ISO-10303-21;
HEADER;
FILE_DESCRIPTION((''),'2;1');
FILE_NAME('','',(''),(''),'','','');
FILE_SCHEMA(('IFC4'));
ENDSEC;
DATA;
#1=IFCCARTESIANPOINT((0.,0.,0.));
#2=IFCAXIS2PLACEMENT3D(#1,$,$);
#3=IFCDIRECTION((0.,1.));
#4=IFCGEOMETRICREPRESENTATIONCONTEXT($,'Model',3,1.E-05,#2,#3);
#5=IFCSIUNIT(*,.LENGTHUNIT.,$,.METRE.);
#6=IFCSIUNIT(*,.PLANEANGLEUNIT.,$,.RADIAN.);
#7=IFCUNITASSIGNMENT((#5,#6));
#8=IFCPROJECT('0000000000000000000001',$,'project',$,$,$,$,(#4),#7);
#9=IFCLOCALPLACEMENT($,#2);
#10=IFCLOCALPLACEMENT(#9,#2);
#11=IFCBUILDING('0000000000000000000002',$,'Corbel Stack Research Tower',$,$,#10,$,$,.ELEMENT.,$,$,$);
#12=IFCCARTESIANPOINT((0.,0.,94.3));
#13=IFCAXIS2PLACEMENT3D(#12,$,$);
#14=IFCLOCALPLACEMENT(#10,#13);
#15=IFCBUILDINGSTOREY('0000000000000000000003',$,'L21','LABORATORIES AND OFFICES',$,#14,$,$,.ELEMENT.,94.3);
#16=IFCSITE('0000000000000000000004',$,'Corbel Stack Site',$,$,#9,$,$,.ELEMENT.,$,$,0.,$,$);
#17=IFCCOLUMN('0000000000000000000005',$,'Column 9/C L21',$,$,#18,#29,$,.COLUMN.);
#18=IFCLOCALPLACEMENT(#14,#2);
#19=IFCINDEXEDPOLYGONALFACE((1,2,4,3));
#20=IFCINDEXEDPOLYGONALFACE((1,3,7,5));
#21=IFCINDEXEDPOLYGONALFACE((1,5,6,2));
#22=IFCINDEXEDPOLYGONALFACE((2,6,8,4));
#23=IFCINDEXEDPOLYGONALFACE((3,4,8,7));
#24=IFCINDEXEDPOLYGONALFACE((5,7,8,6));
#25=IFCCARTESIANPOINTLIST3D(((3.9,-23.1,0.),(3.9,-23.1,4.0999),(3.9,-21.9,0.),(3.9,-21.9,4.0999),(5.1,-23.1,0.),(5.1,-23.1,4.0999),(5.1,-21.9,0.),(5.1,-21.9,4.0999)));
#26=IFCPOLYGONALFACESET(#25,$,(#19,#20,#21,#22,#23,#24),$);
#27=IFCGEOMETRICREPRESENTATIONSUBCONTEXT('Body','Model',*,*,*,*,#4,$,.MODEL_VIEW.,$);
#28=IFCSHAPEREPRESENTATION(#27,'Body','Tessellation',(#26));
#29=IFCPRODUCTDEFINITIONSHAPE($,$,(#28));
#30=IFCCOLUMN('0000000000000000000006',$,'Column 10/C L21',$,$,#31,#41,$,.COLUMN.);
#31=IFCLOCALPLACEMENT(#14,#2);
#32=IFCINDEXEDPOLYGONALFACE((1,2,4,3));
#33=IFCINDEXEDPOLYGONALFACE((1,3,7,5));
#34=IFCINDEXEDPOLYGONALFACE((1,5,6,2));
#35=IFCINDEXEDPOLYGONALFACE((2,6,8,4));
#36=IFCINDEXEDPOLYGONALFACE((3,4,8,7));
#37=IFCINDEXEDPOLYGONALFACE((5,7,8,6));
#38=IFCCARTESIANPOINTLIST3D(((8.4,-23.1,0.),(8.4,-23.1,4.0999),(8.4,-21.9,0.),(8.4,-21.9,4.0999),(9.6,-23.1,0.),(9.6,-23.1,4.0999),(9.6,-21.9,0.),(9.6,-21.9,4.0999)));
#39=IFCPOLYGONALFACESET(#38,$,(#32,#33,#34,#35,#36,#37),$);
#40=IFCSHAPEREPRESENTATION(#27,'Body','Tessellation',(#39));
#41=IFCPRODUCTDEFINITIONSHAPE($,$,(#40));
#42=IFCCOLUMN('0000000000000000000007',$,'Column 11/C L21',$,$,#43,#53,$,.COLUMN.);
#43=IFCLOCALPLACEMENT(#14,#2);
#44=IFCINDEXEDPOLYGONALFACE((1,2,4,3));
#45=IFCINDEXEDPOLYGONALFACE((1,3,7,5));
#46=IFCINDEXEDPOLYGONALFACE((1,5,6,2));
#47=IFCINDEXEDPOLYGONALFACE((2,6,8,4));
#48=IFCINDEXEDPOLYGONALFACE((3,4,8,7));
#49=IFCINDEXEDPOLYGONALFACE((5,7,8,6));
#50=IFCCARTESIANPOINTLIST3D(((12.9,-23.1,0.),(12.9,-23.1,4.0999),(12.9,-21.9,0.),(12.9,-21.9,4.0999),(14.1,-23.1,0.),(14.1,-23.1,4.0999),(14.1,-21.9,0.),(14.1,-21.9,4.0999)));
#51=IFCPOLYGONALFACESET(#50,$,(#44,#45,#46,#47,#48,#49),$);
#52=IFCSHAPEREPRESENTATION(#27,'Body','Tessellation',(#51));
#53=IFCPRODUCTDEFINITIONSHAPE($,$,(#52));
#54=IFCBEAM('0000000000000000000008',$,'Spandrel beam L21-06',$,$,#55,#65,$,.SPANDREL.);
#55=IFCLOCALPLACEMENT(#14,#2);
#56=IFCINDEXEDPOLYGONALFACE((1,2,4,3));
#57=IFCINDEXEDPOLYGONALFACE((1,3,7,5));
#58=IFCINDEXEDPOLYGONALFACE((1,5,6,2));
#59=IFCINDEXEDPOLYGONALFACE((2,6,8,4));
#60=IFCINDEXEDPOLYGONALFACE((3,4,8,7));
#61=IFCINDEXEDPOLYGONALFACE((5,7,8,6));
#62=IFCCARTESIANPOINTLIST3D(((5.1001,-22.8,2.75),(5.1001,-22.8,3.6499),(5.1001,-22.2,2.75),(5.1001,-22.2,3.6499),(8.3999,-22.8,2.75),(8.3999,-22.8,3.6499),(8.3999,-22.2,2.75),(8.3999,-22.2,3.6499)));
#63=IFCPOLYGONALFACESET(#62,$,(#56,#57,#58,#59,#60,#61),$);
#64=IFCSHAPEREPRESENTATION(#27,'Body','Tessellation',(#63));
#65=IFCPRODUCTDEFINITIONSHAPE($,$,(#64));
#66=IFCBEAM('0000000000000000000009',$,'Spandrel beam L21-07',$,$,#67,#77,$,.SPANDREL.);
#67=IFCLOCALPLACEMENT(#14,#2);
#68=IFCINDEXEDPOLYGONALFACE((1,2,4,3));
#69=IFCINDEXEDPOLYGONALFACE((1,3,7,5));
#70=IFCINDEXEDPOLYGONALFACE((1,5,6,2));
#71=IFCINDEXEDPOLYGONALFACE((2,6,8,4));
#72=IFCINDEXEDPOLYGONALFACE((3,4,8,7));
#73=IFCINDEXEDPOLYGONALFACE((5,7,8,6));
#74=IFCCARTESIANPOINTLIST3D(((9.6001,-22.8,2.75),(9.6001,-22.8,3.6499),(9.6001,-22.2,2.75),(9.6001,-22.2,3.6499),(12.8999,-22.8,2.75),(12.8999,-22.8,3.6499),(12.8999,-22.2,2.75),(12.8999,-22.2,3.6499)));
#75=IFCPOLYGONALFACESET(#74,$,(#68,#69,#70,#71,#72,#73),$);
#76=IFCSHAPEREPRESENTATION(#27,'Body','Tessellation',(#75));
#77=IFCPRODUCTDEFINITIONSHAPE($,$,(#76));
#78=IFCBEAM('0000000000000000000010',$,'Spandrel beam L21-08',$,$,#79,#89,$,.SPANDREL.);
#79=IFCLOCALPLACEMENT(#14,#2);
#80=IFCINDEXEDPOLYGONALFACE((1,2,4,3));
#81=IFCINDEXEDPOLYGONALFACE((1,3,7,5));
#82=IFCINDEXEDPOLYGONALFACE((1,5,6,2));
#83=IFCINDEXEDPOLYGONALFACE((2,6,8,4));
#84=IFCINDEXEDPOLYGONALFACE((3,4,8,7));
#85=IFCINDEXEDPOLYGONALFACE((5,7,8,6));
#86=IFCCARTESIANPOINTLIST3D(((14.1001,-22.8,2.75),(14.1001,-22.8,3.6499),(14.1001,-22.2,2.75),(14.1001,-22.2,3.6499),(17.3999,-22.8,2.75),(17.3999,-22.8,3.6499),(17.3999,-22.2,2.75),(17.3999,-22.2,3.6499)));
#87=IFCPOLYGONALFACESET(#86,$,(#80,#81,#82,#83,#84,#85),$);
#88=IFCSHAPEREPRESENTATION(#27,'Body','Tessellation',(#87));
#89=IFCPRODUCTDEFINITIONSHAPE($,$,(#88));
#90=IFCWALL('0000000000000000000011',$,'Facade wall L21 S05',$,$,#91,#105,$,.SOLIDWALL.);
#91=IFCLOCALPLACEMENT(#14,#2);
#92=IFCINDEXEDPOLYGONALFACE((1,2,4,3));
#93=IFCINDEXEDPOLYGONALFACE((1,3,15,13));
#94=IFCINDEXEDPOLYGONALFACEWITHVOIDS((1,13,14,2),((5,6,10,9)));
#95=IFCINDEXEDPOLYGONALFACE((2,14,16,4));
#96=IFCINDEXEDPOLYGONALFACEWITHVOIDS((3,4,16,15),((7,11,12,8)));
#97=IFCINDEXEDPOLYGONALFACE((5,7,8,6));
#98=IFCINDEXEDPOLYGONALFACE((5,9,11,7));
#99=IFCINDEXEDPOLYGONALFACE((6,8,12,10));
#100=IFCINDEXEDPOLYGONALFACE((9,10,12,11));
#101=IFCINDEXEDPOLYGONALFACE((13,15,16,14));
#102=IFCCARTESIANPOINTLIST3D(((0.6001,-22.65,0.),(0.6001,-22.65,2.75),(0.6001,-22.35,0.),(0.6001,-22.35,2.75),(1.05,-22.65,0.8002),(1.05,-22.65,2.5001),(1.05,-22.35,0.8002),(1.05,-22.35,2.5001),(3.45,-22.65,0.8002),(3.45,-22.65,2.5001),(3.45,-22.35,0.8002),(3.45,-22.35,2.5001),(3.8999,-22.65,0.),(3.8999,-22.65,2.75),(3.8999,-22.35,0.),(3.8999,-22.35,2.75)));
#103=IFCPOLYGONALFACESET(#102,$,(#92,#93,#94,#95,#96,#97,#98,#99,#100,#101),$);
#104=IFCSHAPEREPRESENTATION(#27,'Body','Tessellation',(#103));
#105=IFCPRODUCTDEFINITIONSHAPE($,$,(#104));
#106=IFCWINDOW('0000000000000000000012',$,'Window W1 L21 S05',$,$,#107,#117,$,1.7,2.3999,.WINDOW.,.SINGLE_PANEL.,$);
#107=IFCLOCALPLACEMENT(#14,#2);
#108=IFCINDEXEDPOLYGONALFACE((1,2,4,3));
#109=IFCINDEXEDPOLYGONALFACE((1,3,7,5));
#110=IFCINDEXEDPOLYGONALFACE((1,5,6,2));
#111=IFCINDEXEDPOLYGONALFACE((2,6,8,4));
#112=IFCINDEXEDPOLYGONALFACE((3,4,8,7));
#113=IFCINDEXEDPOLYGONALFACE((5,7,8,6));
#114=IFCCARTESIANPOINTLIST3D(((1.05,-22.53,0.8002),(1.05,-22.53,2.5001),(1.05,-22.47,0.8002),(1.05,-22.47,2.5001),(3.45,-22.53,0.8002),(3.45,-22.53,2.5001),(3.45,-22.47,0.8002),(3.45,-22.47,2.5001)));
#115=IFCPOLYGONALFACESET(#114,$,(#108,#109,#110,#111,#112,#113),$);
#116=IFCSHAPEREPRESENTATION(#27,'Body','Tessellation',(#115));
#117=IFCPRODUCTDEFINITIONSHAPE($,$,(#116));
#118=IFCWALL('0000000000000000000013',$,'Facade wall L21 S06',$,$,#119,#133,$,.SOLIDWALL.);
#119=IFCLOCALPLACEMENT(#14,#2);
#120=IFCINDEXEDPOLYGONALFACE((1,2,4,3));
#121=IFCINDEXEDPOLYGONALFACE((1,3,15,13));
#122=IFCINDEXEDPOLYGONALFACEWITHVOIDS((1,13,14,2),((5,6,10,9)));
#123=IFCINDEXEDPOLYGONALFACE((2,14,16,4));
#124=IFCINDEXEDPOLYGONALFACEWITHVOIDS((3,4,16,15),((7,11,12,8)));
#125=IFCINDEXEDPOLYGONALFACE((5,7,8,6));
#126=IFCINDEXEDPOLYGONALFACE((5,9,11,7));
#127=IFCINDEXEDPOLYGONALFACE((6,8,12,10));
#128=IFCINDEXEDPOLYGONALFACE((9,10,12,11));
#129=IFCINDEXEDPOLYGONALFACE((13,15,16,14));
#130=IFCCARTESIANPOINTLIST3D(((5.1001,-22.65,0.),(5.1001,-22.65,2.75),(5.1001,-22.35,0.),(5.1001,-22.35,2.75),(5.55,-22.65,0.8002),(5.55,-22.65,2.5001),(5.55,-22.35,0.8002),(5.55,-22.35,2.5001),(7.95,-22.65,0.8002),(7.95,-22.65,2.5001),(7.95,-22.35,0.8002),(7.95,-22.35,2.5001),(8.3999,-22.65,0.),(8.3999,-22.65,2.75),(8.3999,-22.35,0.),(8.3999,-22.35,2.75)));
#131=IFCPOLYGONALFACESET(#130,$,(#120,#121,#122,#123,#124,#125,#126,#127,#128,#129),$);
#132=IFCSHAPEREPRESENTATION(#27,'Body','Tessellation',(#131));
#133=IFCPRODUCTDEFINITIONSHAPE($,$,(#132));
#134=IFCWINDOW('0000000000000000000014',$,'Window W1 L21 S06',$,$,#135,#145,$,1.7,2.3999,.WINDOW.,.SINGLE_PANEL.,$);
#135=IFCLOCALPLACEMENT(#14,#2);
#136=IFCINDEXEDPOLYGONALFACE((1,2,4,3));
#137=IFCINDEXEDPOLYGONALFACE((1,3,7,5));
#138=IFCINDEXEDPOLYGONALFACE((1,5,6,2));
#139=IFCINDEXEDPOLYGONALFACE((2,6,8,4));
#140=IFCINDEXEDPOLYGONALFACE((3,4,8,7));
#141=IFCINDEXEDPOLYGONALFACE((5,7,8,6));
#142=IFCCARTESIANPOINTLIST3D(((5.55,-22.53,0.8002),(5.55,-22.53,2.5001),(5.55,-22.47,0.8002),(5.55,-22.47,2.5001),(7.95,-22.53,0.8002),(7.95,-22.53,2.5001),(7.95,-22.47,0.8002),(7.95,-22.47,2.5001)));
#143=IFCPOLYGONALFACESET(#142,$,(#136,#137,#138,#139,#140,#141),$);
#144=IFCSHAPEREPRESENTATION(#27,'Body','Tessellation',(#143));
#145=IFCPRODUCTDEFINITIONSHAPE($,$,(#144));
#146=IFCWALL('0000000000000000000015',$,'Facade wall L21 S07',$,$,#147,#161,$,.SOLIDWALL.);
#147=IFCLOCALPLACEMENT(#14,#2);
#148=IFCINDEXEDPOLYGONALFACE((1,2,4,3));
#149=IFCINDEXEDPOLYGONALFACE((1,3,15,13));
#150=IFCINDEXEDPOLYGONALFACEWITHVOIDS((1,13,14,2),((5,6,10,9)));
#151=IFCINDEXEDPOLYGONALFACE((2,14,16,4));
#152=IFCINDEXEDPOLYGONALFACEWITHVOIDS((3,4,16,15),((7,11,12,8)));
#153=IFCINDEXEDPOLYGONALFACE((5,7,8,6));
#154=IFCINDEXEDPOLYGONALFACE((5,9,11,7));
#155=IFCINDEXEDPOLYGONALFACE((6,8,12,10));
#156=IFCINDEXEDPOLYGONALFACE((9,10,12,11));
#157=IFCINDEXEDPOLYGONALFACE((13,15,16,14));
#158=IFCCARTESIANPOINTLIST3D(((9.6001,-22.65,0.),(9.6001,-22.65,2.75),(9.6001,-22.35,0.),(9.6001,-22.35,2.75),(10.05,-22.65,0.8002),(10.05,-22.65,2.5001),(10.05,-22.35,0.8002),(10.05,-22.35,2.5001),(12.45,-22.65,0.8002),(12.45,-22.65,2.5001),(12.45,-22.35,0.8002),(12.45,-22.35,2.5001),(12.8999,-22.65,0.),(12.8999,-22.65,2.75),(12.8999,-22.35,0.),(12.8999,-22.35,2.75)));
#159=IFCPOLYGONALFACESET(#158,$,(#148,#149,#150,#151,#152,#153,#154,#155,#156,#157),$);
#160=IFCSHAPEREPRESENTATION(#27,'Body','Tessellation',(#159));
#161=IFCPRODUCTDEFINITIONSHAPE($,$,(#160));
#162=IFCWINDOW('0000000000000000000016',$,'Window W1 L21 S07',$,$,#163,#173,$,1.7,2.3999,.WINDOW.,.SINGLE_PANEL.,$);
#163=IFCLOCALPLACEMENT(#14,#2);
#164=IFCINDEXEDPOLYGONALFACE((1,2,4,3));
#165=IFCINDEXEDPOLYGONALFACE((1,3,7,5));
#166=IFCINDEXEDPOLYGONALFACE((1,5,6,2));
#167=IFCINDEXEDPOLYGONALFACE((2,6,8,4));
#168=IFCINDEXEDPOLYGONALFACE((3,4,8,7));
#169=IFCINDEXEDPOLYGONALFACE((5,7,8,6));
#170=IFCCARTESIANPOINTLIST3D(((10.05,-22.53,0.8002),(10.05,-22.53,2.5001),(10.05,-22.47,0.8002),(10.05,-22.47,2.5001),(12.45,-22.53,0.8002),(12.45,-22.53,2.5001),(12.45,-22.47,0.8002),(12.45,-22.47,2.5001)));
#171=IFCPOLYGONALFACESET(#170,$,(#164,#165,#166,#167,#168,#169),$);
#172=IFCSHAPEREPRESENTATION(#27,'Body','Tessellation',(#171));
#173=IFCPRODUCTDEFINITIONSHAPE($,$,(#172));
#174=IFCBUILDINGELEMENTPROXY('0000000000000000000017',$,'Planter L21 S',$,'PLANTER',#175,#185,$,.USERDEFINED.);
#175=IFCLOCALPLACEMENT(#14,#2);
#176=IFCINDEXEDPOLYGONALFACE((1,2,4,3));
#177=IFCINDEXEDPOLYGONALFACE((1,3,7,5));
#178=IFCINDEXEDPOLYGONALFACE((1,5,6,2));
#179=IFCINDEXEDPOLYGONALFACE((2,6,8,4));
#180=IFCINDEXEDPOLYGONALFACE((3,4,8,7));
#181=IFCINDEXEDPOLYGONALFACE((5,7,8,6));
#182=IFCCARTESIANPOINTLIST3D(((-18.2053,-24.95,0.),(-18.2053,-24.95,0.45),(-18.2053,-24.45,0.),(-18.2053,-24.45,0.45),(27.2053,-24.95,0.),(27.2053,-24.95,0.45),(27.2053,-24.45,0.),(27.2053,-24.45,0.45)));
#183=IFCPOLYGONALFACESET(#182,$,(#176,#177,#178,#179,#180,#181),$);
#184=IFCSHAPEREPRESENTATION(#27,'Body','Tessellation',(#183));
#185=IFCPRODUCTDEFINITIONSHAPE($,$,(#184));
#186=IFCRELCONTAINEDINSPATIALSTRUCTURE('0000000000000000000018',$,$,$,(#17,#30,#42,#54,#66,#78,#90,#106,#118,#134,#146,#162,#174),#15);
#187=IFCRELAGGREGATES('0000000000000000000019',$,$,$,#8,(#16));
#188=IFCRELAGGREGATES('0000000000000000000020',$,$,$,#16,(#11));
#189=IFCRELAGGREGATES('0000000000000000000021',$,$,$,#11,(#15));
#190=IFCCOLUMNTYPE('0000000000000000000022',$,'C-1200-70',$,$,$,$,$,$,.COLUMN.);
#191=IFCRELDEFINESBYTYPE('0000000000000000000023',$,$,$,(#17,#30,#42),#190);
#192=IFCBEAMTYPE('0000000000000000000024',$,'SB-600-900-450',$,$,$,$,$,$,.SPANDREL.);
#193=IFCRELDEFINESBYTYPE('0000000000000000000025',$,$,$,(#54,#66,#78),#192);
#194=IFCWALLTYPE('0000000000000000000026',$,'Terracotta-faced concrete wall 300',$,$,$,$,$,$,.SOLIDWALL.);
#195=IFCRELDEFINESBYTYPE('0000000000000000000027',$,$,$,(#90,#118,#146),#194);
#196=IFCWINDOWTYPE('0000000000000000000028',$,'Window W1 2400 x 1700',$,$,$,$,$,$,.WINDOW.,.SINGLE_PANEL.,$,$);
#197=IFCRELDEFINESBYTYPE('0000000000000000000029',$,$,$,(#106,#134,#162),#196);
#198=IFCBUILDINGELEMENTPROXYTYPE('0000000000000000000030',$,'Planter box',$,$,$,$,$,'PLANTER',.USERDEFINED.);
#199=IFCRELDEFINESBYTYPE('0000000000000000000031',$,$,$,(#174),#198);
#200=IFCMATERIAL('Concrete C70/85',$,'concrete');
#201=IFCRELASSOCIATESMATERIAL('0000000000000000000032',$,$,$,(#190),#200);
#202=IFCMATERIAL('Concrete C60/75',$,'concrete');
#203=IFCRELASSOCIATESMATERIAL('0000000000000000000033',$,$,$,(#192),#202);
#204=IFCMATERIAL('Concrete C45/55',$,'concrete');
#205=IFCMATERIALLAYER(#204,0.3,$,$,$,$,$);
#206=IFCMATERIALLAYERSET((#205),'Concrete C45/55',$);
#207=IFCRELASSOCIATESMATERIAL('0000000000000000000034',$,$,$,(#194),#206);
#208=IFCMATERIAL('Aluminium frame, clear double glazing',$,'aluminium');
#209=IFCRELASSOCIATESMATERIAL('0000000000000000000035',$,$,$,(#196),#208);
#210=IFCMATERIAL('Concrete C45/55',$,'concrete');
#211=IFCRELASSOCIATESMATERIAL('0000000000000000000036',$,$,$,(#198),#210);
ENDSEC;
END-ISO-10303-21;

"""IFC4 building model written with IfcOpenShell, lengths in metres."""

from ifc_helpers import new_model, si_unit, direction, frame, frame_2d, origin, origin_2d, place, context, subcontext, project, spatial, rectangle, extrude, material, layer, layer_set, material_profile, profile_set, type_object, element, fill, save


model = new_model("IFC4")

# Units and contexts
model_context = context("Model", 3, precision=1e-05, world=origin(), true_north=direction((0.0, 1.0)))
body_context = subcontext(model_context, "Body", "Model", "MODEL_VIEW")
ifc_project = project(units=[si_unit("LENGTHUNIT", "METRE"), si_unit("PLANEANGLEUNIT", "RADIAN")], contexts=[model_context])

# Site, building, storey
site_placement = place(None, origin())
site = spatial("IfcSite", under=ifc_project, at=site_placement, Name="Corbel Stack Site", CompositionType="ELEMENT", RefElevation=0.0)
building_placement = place(site_placement, origin())
building = spatial("IfcBuilding", under=site, at=building_placement, Name="Corbel Stack Research Tower", CompositionType="ELEMENT")
storey_placement = place(building_placement, frame((0.0, 0.0, 94.3)))
storey = spatial("IfcBuildingStorey", under=building, at=storey_placement, Name="L21", Description="LABORATORIES AND OFFICES", CompositionType="ELEMENT", Elevation=94.3)

# Columns
ifc_material_1 = material(Name="Concrete C70/85", Category="concrete")
ifc_material_profile_1 = material_profile(ifc_material_1, rectangle(XDim=1.2, YDim=1.2, at=origin_2d()), Name="RC 1200 x 1200")
ifc_profile_set_1 = profile_set([ifc_material_profile_1], Name="Concrete C70/85")
column_type = type_object("IfcColumnType", Name="C-1200-70", PredefinedType="COLUMN", material=ifc_profile_set_1)
for number, where, z_axis, x_axis, name in (
    (1, (4.5, -22.5, 0.0), (0.0, 0.0, 1.0), (1.0, 0.0, 0.0), "Column 9/C L21"),
    (2, (9.0, -22.5, 0.0), (0.0, 0.0, 1.0), (1.0, 0.0, 0.0), "Column 10/C L21"),
    (3, (13.5, -22.5, 0.0), (0.0, 0.0, 1.0), (1.0, 0.0, 0.0), "Column 11/C L21"),
):
    element("IfcColumn", number, at=place(storey_placement, frame(where, z_axis=z_axis, x_axis=x_axis)), inside=storey, type_object=column_type, Name=name, PredefinedType="COLUMN", context=body_context, shape_type="SweptSolid", body=[
        extrude(rectangle(XDim=1.2, YDim=1.2, at=origin_2d()), origin(), (0.0, 0.0, 1.0), 4.0999),
    ])

# Beams
ifc_material_2 = material(Name="Concrete C60/75", Category="concrete")
ifc_material_profile_2 = material_profile(ifc_material_2, rectangle(XDim=0.6001, YDim=0.8999, at=origin_2d()), Name="RC 600 x 900")
ifc_profile_set_2 = profile_set([ifc_material_profile_2], Name="Concrete C60/75")
beam_type = type_object("IfcBeamType", Name="SB-600-900-450", PredefinedType="SPANDREL", material=ifc_profile_set_2)
for number, where, z_axis, x_axis, name in (
    (4, (5.1001, -22.5, 3.2), (1.0, 0.0, 0.0), (0.0, 1.0, 0.0), "Spandrel beam L21-06"),
    (5, (9.6001, -22.5, 3.2), (1.0, 0.0, 0.0), (0.0, 1.0, 0.0), "Spandrel beam L21-07"),
    (6, (14.1001, -22.5, 3.2), (1.0, 0.0, 0.0), (0.0, 1.0, 0.0), "Spandrel beam L21-08"),
):
    element("IfcBeam", number, at=place(storey_placement, frame(where, z_axis=z_axis, x_axis=x_axis)), inside=storey, type_object=beam_type, Name=name, PredefinedType="SPANDREL", context=body_context, shape_type="SweptSolid", body=[
        extrude(rectangle(XDim=0.6001, YDim=0.8999, at=origin_2d()), origin(), (0.0, 0.0, 1.0), 3.2998),
    ])

# Walls, openings, windows
ifc_material_3 = material(Name="Concrete C45/55", Category="concrete")
ifc_layer = layer(ifc_material_3, 0.3)
ifc_layer_set = layer_set([ifc_layer], Name="Concrete C45/55")
wall_type = type_object("IfcWallType", Name="Terracotta-faced concrete wall 300", PredefinedType="SOLIDWALL", material=ifc_layer_set)
wall_1_placement = place(storey_placement, frame((3.8999, -22.5, 0.0), z_axis=(0.0, 0.0, 1.0), x_axis=(-1.0, 0.0, 0.0)))
wall_1 = element("IfcWall", 7, at=wall_1_placement, inside=storey, type_object=wall_type, Name="Facade wall L21 S05", PredefinedType="SOLIDWALL", context=body_context, shape_type="SweptSolid", body=[
    extrude(rectangle(XDim=3.2998, YDim=0.3, at=frame_2d((1.6499, 0.0))), origin(), (0.0, 0.0, 1.0), 2.75),
])
opening_1_placement = place(wall_1_placement, frame((0.45, 0.0, 0.8)))
opening_1 = element("IfcOpeningElement", 8, at=opening_1_placement, cuts=wall_1, PredefinedType="OPENING", context=body_context, shape_type="SweptSolid", body=[
    extrude(rectangle(XDim=2.3999, YDim=1.7, at=frame_2d((1.2, 0.8501))), frame((0.0, 0.1599, 0.0), z_axis=(0.0, -1.0, 0.0), x_axis=(1.0, 0.0, 0.0)), (0.0, 0.0, 1.0), 0.3201),
])
ifc_material_4 = material(Name="Aluminium frame, clear double glazing", Category="aluminium")
window_type = type_object("IfcWindowType", Name="Window W1 2400 x 1700", PartitioningType="SINGLE_PANEL", PredefinedType="WINDOW", material=ifc_material_4)
window_1_placement = place(opening_1_placement, origin())
window_1 = element("IfcWindow", 9, at=window_1_placement, inside=storey, type_object=window_type, Name="Window W1 L21 S05", OverallHeight=1.7, OverallWidth=2.3999, PartitioningType="SINGLE_PANEL", PredefinedType="WINDOW", context=body_context, shape_type="SweptSolid", body=[
    extrude(rectangle(XDim=2.3999, YDim=1.7, at=frame_2d((1.2, 0.8501))), frame((0.0, 0.03, 0.0), z_axis=(0.0, -1.0, 0.0), x_axis=(1.0, 0.0, 0.0)), (0.0, 0.0, 1.0), 0.0601),
])
fill(opening_1, window_1)
wall_2_placement = place(storey_placement, frame((8.3999, -22.5, 0.0), z_axis=(0.0, 0.0, 1.0), x_axis=(-1.0, 0.0, 0.0)))
wall_2 = element("IfcWall", 10, at=wall_2_placement, inside=storey, type_object=wall_type, Name="Facade wall L21 S06", PredefinedType="SOLIDWALL", context=body_context, shape_type="SweptSolid", body=[
    extrude(rectangle(XDim=3.2998, YDim=0.3, at=frame_2d((1.6499, 0.0))), origin(), (0.0, 0.0, 1.0), 2.75),
])
opening_2_placement = place(wall_2_placement, frame((0.45, 0.0, 0.8)))
opening_2 = element("IfcOpeningElement", 11, at=opening_2_placement, cuts=wall_2, PredefinedType="OPENING", context=body_context, shape_type="SweptSolid", body=[
    extrude(rectangle(XDim=2.3999, YDim=1.7, at=frame_2d((1.2, 0.8501))), frame((0.0, 0.1599, 0.0), z_axis=(0.0, -1.0, 0.0), x_axis=(1.0, 0.0, 0.0)), (0.0, 0.0, 1.0), 0.3201),
])
window_2_placement = place(opening_2_placement, origin())
window_2 = element("IfcWindow", 12, at=window_2_placement, inside=storey, type_object=window_type, Name="Window W1 L21 S06", OverallHeight=1.7, OverallWidth=2.3999, PartitioningType="SINGLE_PANEL", PredefinedType="WINDOW", context=body_context, shape_type="SweptSolid", body=[
    extrude(rectangle(XDim=2.3999, YDim=1.7, at=frame_2d((1.2, 0.8501))), frame((0.0, 0.03, 0.0), z_axis=(0.0, -1.0, 0.0), x_axis=(1.0, 0.0, 0.0)), (0.0, 0.0, 1.0), 0.0601),
])
fill(opening_2, window_2)
wall_3_placement = place(storey_placement, frame((12.8999, -22.5, 0.0), z_axis=(0.0, 0.0, 1.0), x_axis=(-1.0, 0.0, 0.0)))
wall_3 = element("IfcWall", 13, at=wall_3_placement, inside=storey, type_object=wall_type, Name="Facade wall L21 S07", PredefinedType="SOLIDWALL", context=body_context, shape_type="SweptSolid", body=[
    extrude(rectangle(XDim=3.2998, YDim=0.3, at=frame_2d((1.6499, 0.0))), origin(), (0.0, 0.0, 1.0), 2.75),
])
opening_3_placement = place(wall_3_placement, frame((0.45, 0.0, 0.8)))
opening_3 = element("IfcOpeningElement", 14, at=opening_3_placement, cuts=wall_3, PredefinedType="OPENING", context=body_context, shape_type="SweptSolid", body=[
    extrude(rectangle(XDim=2.3999, YDim=1.7, at=frame_2d((1.2, 0.8501))), frame((0.0, 0.1599, 0.0), z_axis=(0.0, -1.0, 0.0), x_axis=(1.0, 0.0, 0.0)), (0.0, 0.0, 1.0), 0.3201),
])
window_3_placement = place(opening_3_placement, origin())
window_3 = element("IfcWindow", 15, at=window_3_placement, inside=storey, type_object=window_type, Name="Window W1 L21 S07", OverallHeight=1.7, OverallWidth=2.3999, PartitioningType="SINGLE_PANEL", PredefinedType="WINDOW", context=body_context, shape_type="SweptSolid", body=[
    extrude(rectangle(XDim=2.3999, YDim=1.7, at=frame_2d((1.2, 0.8501))), frame((0.0, 0.03, 0.0), z_axis=(0.0, -1.0, 0.0), x_axis=(1.0, 0.0, 0.0)), (0.0, 0.0, 1.0), 0.0601),
])
fill(opening_3, window_3)

# Building element proxy
ifc_material_5 = material(Name="Concrete C45/55", Category="concrete")
building_element_proxy_type = type_object("IfcBuildingElementProxyType", Name="Planter box", ElementType="PLANTER", PredefinedType="USERDEFINED", material=ifc_material_5)
proxy_placement = place(storey_placement, frame((4.5, -24.7, 0.0), z_axis=(0.0, 0.0, 1.0), x_axis=(1.0, 0.0, 0.0)))
element("IfcBuildingElementProxy", 16, at=proxy_placement, inside=storey, type_object=building_element_proxy_type, Name="Planter L21 S", ObjectType="PLANTER", PredefinedType="USERDEFINED", context=body_context, shape_type="SweptSolid", body=[
    extrude(rectangle(XDim=45.4106, YDim=0.5, at=origin_2d()), origin(), (0.0, 0.0, 1.0), 0.45),
])

save(model, "model.ifc")
